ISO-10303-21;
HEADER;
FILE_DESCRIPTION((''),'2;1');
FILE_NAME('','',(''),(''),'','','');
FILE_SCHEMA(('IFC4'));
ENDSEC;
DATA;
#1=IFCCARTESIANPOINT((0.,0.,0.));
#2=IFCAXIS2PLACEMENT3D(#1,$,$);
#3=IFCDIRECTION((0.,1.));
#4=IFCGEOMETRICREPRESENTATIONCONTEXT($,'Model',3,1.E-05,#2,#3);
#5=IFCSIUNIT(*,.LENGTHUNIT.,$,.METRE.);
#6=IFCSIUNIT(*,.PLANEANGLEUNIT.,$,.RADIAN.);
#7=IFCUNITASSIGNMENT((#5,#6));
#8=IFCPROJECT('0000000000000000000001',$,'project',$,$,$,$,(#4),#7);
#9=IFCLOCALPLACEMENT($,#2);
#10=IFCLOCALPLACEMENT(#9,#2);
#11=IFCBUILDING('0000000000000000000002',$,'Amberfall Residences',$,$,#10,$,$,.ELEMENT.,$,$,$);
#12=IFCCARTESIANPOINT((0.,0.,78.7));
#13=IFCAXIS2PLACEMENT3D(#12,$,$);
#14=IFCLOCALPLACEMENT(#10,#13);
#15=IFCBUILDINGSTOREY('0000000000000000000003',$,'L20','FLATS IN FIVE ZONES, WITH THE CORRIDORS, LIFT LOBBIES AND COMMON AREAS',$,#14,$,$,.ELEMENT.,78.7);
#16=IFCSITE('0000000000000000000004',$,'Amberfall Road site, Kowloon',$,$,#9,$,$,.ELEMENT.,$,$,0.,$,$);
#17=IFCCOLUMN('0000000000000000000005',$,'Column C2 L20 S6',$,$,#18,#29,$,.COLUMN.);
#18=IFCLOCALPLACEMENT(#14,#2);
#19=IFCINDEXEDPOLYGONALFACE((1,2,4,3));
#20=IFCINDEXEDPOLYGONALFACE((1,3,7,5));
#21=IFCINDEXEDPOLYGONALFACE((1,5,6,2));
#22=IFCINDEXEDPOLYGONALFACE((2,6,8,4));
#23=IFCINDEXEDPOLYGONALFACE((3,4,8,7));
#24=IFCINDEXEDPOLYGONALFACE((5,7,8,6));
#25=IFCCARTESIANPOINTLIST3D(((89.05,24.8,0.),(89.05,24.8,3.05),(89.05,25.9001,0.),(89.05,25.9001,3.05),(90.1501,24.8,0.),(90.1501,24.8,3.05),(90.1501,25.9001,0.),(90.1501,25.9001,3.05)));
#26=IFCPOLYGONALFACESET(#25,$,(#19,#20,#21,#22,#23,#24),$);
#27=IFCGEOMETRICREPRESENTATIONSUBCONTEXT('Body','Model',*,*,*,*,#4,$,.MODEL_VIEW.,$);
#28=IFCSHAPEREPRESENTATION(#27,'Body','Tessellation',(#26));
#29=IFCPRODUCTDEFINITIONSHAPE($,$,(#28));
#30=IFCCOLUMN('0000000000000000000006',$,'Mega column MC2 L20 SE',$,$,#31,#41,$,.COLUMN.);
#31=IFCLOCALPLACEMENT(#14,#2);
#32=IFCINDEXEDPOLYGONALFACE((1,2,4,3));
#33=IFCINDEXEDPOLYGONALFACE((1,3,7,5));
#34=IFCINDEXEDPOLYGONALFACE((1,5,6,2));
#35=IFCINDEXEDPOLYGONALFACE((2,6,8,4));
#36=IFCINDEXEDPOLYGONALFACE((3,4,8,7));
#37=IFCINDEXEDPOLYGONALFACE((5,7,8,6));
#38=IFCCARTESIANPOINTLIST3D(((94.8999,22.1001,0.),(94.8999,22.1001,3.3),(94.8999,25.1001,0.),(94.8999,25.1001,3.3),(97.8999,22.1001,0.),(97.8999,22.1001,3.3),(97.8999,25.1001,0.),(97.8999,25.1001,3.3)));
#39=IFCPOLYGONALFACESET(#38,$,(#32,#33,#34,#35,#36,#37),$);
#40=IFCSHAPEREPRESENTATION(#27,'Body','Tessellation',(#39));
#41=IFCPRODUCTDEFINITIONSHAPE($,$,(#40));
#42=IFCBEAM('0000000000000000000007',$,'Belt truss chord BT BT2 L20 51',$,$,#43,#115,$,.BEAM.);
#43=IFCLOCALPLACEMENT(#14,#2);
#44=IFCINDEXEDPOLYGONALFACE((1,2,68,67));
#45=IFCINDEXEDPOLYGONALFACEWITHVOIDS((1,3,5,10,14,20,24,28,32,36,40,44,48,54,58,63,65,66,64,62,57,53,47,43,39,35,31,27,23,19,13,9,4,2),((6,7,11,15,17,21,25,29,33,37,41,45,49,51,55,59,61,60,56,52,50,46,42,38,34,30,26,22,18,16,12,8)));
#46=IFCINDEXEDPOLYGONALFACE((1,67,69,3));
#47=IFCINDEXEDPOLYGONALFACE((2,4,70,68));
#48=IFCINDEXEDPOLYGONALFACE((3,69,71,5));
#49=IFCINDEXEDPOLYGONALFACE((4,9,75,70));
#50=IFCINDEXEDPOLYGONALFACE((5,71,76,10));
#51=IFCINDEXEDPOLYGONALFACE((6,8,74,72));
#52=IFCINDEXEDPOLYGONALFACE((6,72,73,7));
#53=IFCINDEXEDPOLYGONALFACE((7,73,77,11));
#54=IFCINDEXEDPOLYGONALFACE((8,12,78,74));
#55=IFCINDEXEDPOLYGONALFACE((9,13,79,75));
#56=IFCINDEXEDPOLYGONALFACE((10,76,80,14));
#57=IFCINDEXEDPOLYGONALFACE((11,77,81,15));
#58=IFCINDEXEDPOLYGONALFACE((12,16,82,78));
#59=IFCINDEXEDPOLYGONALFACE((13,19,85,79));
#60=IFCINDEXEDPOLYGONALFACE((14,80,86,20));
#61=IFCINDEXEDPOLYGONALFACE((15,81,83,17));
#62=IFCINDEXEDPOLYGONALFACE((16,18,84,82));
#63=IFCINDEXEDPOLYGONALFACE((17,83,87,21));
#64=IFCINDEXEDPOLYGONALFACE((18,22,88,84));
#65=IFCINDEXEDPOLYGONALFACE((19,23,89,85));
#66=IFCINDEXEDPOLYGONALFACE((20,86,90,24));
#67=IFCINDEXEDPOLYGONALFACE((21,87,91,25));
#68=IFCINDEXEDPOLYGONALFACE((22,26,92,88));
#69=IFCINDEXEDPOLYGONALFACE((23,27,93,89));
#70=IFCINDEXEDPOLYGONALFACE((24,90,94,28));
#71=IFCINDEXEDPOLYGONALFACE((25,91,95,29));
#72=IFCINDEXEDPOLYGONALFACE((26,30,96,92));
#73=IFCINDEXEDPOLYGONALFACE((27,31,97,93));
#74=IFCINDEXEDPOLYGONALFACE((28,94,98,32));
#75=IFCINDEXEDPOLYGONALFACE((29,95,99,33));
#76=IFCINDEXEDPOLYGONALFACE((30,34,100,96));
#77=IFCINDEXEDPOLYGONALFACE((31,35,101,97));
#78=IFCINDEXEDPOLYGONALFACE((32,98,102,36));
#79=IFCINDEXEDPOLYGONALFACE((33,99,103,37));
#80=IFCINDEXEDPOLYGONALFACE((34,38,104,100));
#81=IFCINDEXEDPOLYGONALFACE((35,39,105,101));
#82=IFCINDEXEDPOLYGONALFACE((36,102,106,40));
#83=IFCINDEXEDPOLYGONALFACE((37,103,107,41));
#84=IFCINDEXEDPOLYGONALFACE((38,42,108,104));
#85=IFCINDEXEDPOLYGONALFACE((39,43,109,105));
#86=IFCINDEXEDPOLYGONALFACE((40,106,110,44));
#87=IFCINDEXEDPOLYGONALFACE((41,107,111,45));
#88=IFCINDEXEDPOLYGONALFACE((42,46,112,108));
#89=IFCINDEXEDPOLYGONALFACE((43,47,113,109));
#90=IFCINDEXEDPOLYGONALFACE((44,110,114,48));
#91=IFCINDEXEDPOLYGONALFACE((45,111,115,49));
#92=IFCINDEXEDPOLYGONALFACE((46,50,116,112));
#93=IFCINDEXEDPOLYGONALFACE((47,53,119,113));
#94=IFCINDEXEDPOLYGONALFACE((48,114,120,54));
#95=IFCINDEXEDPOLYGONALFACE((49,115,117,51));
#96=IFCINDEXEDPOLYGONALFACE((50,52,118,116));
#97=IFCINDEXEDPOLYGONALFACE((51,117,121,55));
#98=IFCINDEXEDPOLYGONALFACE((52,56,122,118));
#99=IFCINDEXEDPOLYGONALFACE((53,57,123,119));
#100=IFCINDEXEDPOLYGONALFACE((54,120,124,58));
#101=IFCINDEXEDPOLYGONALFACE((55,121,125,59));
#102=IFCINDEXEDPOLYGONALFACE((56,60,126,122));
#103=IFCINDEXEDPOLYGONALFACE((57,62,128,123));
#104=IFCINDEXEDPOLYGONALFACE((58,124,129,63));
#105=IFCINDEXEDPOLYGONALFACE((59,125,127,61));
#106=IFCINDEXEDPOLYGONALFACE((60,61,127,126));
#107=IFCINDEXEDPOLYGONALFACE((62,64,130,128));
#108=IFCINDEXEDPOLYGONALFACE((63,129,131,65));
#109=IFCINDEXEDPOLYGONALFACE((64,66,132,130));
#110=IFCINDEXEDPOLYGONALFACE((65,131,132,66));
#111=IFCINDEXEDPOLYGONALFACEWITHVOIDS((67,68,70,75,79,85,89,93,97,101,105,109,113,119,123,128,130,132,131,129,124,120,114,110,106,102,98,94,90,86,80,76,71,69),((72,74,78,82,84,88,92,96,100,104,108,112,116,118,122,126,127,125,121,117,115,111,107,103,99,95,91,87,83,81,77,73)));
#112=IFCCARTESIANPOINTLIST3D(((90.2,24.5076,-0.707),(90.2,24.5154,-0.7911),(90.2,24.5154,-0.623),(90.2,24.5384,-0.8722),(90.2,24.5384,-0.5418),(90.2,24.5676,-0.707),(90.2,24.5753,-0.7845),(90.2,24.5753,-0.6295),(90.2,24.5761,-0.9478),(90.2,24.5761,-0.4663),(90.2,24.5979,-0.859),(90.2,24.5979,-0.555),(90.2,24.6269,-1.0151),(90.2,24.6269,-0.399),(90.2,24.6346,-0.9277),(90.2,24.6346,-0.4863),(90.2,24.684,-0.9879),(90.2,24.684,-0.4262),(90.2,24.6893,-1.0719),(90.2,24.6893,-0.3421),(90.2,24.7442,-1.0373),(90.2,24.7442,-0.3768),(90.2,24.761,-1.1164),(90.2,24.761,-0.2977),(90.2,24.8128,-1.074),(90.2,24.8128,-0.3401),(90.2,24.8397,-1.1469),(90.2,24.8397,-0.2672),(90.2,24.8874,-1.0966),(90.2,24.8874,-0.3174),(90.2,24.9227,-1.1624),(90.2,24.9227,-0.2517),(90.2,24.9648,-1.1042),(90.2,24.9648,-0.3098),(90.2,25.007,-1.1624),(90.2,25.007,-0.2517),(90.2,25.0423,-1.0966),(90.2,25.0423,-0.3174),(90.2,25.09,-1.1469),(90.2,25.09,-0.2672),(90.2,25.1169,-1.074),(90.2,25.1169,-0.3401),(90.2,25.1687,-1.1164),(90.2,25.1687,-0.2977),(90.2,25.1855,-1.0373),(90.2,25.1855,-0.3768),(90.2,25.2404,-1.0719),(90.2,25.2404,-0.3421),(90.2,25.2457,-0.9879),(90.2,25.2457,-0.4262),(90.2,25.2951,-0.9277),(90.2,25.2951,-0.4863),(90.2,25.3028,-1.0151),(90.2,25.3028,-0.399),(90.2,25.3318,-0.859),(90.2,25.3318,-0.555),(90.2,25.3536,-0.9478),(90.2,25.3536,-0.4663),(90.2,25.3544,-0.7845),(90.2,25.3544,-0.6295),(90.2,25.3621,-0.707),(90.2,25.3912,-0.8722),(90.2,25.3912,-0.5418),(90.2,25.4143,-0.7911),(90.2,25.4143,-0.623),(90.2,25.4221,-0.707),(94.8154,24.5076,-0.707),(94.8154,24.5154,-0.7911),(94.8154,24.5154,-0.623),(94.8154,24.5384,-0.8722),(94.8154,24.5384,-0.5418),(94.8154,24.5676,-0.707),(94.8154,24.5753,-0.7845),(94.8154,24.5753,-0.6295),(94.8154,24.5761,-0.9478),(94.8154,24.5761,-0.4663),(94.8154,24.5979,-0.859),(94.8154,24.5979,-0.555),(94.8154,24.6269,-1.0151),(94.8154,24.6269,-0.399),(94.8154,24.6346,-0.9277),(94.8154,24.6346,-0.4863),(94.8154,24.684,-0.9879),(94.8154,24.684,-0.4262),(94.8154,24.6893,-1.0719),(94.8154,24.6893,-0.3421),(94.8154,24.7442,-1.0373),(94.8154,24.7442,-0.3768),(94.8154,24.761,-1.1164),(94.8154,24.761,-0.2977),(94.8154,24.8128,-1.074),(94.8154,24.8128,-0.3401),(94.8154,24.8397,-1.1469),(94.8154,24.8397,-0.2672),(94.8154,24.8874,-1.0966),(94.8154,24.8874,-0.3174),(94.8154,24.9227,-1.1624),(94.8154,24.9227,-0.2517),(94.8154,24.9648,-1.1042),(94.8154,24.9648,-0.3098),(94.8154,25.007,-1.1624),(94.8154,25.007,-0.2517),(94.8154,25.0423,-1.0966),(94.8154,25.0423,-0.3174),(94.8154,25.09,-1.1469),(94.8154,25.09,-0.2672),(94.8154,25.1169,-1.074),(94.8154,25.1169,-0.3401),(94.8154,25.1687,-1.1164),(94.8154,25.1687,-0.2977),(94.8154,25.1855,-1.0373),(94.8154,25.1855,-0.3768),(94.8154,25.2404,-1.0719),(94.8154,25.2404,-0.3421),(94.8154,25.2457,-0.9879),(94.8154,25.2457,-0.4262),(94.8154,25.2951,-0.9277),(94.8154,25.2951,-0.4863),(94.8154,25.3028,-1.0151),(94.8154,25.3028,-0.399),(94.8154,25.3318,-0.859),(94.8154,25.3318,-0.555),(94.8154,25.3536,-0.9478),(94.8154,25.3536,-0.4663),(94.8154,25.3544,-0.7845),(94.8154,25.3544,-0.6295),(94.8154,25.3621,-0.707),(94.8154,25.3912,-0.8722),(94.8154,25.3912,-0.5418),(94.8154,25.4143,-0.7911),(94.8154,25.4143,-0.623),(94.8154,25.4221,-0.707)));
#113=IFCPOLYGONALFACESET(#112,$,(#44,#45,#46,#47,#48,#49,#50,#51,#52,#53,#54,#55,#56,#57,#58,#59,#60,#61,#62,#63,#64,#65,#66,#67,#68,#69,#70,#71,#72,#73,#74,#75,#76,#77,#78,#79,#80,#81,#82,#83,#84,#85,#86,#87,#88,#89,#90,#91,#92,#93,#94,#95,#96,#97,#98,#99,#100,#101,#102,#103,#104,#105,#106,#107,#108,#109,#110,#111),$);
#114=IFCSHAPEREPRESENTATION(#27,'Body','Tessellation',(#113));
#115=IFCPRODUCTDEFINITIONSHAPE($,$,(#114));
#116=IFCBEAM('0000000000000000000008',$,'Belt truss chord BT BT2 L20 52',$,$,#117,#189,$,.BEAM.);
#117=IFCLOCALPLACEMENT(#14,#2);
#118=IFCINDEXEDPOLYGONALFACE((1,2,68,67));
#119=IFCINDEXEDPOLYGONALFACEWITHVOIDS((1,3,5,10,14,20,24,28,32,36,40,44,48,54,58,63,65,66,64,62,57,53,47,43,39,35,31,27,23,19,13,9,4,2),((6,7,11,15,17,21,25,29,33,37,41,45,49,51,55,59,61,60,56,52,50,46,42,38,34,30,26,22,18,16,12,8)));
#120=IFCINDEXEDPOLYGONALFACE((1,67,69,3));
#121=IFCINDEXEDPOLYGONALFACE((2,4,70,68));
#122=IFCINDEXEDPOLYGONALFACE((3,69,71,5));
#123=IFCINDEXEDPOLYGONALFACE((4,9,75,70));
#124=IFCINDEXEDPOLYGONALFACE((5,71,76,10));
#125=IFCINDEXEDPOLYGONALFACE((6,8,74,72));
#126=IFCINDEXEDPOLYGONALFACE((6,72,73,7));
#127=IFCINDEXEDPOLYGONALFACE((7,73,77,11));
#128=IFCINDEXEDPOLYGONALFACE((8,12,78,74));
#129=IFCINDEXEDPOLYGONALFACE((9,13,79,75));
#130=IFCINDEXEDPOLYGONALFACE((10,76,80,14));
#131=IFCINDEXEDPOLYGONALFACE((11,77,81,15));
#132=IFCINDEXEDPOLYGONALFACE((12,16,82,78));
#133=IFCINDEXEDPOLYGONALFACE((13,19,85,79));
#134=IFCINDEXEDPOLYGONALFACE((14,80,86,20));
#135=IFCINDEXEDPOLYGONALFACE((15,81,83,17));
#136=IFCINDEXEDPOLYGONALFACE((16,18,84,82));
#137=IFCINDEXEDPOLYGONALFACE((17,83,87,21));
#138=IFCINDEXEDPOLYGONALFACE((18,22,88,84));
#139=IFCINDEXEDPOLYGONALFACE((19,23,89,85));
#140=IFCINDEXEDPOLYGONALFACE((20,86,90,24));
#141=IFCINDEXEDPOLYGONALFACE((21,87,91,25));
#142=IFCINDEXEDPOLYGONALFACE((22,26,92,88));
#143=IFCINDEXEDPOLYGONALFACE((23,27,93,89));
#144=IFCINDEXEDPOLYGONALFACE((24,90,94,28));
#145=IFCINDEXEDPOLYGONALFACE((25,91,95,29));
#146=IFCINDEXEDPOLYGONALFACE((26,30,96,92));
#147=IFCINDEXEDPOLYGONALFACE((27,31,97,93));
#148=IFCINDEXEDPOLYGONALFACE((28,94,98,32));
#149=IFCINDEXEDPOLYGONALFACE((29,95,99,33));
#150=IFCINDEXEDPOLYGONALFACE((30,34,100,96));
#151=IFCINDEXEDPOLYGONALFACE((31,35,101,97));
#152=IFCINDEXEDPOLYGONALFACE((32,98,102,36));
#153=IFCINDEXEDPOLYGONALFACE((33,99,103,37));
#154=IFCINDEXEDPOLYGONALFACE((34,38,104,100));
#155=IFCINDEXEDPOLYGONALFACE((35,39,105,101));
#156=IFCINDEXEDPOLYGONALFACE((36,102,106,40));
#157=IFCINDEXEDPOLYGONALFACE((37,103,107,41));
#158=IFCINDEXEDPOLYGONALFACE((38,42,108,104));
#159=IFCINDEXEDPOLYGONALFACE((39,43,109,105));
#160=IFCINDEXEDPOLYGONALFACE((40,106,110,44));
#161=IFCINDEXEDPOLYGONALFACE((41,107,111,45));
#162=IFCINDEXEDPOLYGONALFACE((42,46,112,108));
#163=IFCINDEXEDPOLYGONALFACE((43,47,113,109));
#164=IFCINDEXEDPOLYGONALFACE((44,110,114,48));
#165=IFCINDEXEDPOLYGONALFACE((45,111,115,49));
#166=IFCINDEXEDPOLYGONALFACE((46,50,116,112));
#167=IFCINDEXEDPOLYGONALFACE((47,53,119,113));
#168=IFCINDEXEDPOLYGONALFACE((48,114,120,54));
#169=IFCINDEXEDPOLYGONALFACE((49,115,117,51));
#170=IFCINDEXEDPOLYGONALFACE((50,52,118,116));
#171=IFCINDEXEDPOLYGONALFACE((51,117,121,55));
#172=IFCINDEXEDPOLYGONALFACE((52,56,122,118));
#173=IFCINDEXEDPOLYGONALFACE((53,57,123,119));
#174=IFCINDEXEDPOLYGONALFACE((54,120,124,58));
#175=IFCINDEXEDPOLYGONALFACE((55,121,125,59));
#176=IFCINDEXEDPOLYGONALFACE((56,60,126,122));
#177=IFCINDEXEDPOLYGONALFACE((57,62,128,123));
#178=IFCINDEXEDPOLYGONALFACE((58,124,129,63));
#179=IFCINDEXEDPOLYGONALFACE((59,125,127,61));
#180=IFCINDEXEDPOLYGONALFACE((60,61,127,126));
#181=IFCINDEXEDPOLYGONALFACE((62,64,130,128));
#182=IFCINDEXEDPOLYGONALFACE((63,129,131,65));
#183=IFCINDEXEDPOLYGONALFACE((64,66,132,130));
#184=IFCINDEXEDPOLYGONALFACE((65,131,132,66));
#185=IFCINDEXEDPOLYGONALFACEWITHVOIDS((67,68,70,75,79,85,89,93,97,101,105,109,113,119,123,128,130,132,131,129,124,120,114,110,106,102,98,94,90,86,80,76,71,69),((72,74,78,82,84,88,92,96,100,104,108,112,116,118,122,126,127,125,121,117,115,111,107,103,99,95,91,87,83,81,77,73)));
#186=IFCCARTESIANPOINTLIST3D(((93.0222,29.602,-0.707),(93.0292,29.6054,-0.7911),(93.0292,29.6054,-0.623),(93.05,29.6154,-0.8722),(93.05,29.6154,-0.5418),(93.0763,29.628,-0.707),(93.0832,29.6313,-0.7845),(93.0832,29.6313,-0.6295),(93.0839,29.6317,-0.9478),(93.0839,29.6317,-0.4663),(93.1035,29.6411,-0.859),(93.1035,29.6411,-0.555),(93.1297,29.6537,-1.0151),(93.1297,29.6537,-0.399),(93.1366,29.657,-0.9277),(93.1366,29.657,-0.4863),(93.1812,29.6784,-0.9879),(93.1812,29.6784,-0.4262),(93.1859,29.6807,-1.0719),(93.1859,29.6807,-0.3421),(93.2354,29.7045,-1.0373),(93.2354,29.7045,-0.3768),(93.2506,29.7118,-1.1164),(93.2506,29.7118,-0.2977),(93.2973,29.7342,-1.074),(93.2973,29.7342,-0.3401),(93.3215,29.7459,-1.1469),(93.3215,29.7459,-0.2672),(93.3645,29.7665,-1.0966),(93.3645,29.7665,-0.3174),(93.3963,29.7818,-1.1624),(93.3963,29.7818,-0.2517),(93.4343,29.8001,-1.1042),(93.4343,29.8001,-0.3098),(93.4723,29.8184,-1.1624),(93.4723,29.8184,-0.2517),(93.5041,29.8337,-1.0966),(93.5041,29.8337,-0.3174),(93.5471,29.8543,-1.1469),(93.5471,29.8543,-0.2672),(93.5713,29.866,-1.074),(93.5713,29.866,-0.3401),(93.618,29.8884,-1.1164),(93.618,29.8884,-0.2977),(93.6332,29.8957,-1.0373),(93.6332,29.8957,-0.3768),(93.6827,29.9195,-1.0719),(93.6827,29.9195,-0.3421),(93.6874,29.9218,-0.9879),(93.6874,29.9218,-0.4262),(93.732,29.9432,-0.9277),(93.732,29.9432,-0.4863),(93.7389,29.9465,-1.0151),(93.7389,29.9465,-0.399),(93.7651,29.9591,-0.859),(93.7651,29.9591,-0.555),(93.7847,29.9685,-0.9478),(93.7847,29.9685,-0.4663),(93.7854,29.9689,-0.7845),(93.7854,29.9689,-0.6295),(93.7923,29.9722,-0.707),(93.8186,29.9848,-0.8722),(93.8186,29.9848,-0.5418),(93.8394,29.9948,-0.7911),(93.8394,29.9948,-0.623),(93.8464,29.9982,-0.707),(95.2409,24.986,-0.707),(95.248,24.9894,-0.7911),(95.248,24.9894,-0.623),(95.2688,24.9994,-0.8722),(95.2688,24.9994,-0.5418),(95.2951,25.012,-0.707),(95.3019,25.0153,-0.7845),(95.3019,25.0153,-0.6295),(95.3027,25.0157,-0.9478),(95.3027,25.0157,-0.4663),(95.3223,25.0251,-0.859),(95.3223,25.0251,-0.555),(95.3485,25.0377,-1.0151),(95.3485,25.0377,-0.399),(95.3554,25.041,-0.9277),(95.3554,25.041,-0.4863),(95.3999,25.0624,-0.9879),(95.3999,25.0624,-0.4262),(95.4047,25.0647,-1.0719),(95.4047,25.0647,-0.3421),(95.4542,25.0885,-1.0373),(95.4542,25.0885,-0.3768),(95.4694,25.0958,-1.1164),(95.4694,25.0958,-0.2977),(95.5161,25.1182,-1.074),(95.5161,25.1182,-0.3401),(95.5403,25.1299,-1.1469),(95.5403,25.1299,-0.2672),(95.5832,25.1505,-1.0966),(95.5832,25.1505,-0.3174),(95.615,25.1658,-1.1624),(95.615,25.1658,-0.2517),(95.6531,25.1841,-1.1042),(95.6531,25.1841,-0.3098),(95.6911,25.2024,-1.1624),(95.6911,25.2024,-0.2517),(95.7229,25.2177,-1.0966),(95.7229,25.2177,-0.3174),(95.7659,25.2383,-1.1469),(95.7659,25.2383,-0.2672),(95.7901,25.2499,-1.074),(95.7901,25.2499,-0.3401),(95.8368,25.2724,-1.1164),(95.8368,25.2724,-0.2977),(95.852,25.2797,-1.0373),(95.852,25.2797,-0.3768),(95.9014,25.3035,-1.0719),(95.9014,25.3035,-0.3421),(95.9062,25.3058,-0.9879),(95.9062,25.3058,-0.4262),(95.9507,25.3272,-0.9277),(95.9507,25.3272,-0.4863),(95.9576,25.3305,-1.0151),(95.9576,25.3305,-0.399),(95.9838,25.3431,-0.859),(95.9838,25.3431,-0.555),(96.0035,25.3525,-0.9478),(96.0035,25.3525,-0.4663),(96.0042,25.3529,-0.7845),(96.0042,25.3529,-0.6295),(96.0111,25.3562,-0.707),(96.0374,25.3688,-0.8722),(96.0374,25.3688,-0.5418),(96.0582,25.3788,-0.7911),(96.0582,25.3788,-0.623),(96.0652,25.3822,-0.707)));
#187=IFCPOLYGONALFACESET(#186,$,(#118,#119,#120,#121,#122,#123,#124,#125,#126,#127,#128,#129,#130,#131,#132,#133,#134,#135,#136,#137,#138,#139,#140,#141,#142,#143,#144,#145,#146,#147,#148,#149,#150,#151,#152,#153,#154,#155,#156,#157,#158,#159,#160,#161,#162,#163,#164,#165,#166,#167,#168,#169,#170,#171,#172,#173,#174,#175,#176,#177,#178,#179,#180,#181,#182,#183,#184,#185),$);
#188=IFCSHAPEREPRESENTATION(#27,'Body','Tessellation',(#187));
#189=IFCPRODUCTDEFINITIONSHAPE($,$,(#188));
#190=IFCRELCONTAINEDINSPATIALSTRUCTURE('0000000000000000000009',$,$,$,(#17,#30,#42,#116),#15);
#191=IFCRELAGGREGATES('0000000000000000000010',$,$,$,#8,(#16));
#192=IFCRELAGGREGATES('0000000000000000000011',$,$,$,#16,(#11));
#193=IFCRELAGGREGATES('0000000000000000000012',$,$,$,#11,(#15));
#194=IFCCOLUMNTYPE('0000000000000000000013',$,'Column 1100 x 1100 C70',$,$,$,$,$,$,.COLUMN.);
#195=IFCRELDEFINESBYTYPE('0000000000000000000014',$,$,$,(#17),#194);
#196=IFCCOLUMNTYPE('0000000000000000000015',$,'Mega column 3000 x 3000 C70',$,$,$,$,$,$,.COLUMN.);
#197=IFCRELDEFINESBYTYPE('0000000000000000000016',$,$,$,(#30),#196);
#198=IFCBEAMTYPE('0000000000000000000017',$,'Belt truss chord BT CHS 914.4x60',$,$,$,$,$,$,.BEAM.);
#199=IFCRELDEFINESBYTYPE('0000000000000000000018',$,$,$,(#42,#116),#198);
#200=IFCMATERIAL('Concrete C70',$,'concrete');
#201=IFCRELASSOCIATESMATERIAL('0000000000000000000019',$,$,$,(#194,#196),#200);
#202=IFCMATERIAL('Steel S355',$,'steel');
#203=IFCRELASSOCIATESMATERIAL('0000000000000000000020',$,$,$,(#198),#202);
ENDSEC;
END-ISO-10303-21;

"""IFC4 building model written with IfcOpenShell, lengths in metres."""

from ifc_helpers import new_model, si_unit, direction, frame, origin, origin_2d, place, context, subcontext, project, spatial, rectangle, hollow_circle, extrude, material, material_profile, profile_set, type_object, element, save


model = new_model("IFC4")

# Units and contexts
model_context = context("Model", 3, precision=1e-05, world=origin(), true_north=direction((0.0, 1.0)))
body_context = subcontext(model_context, "Body", "Model", "MODEL_VIEW")
ifc_project = project(units=[si_unit("LENGTHUNIT", "METRE"), si_unit("PLANEANGLEUNIT", "RADIAN")], contexts=[model_context])

# Site, building, storey
site_placement = place(None, origin())
site = spatial("IfcSite", under=ifc_project, at=site_placement, Name="Amberfall Road site, Kowloon", CompositionType="ELEMENT", RefElevation=0.0)
building_placement = place(site_placement, origin())
building = spatial("IfcBuilding", under=site, at=building_placement, Name="Amberfall Residences", CompositionType="ELEMENT")
storey_placement = place(building_placement, frame((0.0, 0.0, 78.7)))
storey = spatial("IfcBuildingStorey", under=building, at=storey_placement, Name="L20", Description="FLATS IN FIVE ZONES, WITH THE CORRIDORS, LIFT LOBBIES AND COMMON AREAS", CompositionType="ELEMENT", Elevation=78.7)

# Columns
ifc_material_1 = material(Name="Concrete C70", Category="concrete")
ifc_material_profile_1 = material_profile(ifc_material_1, rectangle(XDim=1.1001, YDim=1.1001, at=origin_2d()), Name="Column 1100 x 1100 C70")
ifc_profile_set_1 = profile_set([ifc_material_profile_1], Name="Concrete C70")
column_type_1 = type_object("IfcColumnType", Name="Column 1100 x 1100 C70", PredefinedType="COLUMN", material=ifc_profile_set_1)
column_1_placement = place(storey_placement, frame((89.6001, 25.3501, 0.0), z_axis=(0.0, 0.0, 1.0), x_axis=(1.0, 0.0, 0.0)))
element("IfcColumn", 1, at=column_1_placement, inside=storey, type_object=column_type_1, Name="Column C2 L20 S6", PredefinedType="COLUMN", context=body_context, shape_type="SweptSolid", body=[
    extrude(rectangle(XDim=1.1001, YDim=1.1001, at=origin_2d()), origin(), (0.0, 0.0, 1.0), 3.05),
])
ifc_material_profile_2 = material_profile(ifc_material_1, rectangle(XDim=3.0, YDim=3.0, at=origin_2d()), Name="Mega column 3000 x 3000 C70")
ifc_profile_set_2 = profile_set([ifc_material_profile_2], Name="Concrete C70")
column_type_2 = type_object("IfcColumnType", Name="Mega column 3000 x 3000 C70", PredefinedType="COLUMN", material=ifc_profile_set_2)
column_2_placement = place(storey_placement, frame((96.3999, 23.6001, 0.0), z_axis=(0.0, 0.0, 1.0), x_axis=(1.0, 0.0, 0.0)))
element("IfcColumn", 2, at=column_2_placement, inside=storey, type_object=column_type_2, Name="Mega column MC2 L20 SE", PredefinedType="COLUMN", context=body_context, shape_type="SweptSolid", body=[
    extrude(rectangle(XDim=3.0, YDim=3.0, at=origin_2d()), origin(), (0.0, 0.0, 1.0), 3.3),
])

# Beams
ifc_material_2 = material(Name="Steel S355", Category="steel")
ifc_material_profile_3 = material_profile(ifc_material_2, hollow_circle(Radius=0.4573, WallThickness=0.0601, at=origin_2d()), Name="CHS 914.4x60")
ifc_profile_set_3 = profile_set([ifc_material_profile_3], Name="Steel S355")
beam_type_1 = type_object("IfcBeamType", Name="Belt truss chord BT CHS 914.4x60", PredefinedType="BEAM", material=ifc_profile_set_3)
beam_1_placement = place(storey_placement, frame((94.8154, 24.9648, -0.707), z_axis=(-1.0, 0.0, 0.0), x_axis=(0.0, -1.0, 0.0)))
element("IfcBeam", 3, at=beam_1_placement, inside=storey, type_object=beam_type_1, Name="Belt truss chord BT BT2 L20 51", PredefinedType="BEAM", context=body_context, shape_type="SweptSolid", body=[
    extrude(hollow_circle(Radius=0.4573, WallThickness=0.0601, at=origin_2d()), origin(), (0.0, 0.0, 1.0), 4.6155),
])
beam_2_placement = place(storey_placement, frame((95.6531, 25.1841, -0.707), z_axis=(-0.433221, 0.901288, 0.0), x_axis=(-0.901288, -0.433221, 0.0)))
element("IfcBeam", 4, at=beam_2_placement, inside=storey, type_object=beam_type_1, Name="Belt truss chord BT BT2 L20 52", PredefinedType="BEAM", context=body_context, shape_type="SweptSolid", body=[
    extrude(hollow_circle(Radius=0.4573, WallThickness=0.0601, at=origin_2d()), origin(), (0.0, 0.0, 1.0), 5.1216),
])

save(model, "model.ifc")
